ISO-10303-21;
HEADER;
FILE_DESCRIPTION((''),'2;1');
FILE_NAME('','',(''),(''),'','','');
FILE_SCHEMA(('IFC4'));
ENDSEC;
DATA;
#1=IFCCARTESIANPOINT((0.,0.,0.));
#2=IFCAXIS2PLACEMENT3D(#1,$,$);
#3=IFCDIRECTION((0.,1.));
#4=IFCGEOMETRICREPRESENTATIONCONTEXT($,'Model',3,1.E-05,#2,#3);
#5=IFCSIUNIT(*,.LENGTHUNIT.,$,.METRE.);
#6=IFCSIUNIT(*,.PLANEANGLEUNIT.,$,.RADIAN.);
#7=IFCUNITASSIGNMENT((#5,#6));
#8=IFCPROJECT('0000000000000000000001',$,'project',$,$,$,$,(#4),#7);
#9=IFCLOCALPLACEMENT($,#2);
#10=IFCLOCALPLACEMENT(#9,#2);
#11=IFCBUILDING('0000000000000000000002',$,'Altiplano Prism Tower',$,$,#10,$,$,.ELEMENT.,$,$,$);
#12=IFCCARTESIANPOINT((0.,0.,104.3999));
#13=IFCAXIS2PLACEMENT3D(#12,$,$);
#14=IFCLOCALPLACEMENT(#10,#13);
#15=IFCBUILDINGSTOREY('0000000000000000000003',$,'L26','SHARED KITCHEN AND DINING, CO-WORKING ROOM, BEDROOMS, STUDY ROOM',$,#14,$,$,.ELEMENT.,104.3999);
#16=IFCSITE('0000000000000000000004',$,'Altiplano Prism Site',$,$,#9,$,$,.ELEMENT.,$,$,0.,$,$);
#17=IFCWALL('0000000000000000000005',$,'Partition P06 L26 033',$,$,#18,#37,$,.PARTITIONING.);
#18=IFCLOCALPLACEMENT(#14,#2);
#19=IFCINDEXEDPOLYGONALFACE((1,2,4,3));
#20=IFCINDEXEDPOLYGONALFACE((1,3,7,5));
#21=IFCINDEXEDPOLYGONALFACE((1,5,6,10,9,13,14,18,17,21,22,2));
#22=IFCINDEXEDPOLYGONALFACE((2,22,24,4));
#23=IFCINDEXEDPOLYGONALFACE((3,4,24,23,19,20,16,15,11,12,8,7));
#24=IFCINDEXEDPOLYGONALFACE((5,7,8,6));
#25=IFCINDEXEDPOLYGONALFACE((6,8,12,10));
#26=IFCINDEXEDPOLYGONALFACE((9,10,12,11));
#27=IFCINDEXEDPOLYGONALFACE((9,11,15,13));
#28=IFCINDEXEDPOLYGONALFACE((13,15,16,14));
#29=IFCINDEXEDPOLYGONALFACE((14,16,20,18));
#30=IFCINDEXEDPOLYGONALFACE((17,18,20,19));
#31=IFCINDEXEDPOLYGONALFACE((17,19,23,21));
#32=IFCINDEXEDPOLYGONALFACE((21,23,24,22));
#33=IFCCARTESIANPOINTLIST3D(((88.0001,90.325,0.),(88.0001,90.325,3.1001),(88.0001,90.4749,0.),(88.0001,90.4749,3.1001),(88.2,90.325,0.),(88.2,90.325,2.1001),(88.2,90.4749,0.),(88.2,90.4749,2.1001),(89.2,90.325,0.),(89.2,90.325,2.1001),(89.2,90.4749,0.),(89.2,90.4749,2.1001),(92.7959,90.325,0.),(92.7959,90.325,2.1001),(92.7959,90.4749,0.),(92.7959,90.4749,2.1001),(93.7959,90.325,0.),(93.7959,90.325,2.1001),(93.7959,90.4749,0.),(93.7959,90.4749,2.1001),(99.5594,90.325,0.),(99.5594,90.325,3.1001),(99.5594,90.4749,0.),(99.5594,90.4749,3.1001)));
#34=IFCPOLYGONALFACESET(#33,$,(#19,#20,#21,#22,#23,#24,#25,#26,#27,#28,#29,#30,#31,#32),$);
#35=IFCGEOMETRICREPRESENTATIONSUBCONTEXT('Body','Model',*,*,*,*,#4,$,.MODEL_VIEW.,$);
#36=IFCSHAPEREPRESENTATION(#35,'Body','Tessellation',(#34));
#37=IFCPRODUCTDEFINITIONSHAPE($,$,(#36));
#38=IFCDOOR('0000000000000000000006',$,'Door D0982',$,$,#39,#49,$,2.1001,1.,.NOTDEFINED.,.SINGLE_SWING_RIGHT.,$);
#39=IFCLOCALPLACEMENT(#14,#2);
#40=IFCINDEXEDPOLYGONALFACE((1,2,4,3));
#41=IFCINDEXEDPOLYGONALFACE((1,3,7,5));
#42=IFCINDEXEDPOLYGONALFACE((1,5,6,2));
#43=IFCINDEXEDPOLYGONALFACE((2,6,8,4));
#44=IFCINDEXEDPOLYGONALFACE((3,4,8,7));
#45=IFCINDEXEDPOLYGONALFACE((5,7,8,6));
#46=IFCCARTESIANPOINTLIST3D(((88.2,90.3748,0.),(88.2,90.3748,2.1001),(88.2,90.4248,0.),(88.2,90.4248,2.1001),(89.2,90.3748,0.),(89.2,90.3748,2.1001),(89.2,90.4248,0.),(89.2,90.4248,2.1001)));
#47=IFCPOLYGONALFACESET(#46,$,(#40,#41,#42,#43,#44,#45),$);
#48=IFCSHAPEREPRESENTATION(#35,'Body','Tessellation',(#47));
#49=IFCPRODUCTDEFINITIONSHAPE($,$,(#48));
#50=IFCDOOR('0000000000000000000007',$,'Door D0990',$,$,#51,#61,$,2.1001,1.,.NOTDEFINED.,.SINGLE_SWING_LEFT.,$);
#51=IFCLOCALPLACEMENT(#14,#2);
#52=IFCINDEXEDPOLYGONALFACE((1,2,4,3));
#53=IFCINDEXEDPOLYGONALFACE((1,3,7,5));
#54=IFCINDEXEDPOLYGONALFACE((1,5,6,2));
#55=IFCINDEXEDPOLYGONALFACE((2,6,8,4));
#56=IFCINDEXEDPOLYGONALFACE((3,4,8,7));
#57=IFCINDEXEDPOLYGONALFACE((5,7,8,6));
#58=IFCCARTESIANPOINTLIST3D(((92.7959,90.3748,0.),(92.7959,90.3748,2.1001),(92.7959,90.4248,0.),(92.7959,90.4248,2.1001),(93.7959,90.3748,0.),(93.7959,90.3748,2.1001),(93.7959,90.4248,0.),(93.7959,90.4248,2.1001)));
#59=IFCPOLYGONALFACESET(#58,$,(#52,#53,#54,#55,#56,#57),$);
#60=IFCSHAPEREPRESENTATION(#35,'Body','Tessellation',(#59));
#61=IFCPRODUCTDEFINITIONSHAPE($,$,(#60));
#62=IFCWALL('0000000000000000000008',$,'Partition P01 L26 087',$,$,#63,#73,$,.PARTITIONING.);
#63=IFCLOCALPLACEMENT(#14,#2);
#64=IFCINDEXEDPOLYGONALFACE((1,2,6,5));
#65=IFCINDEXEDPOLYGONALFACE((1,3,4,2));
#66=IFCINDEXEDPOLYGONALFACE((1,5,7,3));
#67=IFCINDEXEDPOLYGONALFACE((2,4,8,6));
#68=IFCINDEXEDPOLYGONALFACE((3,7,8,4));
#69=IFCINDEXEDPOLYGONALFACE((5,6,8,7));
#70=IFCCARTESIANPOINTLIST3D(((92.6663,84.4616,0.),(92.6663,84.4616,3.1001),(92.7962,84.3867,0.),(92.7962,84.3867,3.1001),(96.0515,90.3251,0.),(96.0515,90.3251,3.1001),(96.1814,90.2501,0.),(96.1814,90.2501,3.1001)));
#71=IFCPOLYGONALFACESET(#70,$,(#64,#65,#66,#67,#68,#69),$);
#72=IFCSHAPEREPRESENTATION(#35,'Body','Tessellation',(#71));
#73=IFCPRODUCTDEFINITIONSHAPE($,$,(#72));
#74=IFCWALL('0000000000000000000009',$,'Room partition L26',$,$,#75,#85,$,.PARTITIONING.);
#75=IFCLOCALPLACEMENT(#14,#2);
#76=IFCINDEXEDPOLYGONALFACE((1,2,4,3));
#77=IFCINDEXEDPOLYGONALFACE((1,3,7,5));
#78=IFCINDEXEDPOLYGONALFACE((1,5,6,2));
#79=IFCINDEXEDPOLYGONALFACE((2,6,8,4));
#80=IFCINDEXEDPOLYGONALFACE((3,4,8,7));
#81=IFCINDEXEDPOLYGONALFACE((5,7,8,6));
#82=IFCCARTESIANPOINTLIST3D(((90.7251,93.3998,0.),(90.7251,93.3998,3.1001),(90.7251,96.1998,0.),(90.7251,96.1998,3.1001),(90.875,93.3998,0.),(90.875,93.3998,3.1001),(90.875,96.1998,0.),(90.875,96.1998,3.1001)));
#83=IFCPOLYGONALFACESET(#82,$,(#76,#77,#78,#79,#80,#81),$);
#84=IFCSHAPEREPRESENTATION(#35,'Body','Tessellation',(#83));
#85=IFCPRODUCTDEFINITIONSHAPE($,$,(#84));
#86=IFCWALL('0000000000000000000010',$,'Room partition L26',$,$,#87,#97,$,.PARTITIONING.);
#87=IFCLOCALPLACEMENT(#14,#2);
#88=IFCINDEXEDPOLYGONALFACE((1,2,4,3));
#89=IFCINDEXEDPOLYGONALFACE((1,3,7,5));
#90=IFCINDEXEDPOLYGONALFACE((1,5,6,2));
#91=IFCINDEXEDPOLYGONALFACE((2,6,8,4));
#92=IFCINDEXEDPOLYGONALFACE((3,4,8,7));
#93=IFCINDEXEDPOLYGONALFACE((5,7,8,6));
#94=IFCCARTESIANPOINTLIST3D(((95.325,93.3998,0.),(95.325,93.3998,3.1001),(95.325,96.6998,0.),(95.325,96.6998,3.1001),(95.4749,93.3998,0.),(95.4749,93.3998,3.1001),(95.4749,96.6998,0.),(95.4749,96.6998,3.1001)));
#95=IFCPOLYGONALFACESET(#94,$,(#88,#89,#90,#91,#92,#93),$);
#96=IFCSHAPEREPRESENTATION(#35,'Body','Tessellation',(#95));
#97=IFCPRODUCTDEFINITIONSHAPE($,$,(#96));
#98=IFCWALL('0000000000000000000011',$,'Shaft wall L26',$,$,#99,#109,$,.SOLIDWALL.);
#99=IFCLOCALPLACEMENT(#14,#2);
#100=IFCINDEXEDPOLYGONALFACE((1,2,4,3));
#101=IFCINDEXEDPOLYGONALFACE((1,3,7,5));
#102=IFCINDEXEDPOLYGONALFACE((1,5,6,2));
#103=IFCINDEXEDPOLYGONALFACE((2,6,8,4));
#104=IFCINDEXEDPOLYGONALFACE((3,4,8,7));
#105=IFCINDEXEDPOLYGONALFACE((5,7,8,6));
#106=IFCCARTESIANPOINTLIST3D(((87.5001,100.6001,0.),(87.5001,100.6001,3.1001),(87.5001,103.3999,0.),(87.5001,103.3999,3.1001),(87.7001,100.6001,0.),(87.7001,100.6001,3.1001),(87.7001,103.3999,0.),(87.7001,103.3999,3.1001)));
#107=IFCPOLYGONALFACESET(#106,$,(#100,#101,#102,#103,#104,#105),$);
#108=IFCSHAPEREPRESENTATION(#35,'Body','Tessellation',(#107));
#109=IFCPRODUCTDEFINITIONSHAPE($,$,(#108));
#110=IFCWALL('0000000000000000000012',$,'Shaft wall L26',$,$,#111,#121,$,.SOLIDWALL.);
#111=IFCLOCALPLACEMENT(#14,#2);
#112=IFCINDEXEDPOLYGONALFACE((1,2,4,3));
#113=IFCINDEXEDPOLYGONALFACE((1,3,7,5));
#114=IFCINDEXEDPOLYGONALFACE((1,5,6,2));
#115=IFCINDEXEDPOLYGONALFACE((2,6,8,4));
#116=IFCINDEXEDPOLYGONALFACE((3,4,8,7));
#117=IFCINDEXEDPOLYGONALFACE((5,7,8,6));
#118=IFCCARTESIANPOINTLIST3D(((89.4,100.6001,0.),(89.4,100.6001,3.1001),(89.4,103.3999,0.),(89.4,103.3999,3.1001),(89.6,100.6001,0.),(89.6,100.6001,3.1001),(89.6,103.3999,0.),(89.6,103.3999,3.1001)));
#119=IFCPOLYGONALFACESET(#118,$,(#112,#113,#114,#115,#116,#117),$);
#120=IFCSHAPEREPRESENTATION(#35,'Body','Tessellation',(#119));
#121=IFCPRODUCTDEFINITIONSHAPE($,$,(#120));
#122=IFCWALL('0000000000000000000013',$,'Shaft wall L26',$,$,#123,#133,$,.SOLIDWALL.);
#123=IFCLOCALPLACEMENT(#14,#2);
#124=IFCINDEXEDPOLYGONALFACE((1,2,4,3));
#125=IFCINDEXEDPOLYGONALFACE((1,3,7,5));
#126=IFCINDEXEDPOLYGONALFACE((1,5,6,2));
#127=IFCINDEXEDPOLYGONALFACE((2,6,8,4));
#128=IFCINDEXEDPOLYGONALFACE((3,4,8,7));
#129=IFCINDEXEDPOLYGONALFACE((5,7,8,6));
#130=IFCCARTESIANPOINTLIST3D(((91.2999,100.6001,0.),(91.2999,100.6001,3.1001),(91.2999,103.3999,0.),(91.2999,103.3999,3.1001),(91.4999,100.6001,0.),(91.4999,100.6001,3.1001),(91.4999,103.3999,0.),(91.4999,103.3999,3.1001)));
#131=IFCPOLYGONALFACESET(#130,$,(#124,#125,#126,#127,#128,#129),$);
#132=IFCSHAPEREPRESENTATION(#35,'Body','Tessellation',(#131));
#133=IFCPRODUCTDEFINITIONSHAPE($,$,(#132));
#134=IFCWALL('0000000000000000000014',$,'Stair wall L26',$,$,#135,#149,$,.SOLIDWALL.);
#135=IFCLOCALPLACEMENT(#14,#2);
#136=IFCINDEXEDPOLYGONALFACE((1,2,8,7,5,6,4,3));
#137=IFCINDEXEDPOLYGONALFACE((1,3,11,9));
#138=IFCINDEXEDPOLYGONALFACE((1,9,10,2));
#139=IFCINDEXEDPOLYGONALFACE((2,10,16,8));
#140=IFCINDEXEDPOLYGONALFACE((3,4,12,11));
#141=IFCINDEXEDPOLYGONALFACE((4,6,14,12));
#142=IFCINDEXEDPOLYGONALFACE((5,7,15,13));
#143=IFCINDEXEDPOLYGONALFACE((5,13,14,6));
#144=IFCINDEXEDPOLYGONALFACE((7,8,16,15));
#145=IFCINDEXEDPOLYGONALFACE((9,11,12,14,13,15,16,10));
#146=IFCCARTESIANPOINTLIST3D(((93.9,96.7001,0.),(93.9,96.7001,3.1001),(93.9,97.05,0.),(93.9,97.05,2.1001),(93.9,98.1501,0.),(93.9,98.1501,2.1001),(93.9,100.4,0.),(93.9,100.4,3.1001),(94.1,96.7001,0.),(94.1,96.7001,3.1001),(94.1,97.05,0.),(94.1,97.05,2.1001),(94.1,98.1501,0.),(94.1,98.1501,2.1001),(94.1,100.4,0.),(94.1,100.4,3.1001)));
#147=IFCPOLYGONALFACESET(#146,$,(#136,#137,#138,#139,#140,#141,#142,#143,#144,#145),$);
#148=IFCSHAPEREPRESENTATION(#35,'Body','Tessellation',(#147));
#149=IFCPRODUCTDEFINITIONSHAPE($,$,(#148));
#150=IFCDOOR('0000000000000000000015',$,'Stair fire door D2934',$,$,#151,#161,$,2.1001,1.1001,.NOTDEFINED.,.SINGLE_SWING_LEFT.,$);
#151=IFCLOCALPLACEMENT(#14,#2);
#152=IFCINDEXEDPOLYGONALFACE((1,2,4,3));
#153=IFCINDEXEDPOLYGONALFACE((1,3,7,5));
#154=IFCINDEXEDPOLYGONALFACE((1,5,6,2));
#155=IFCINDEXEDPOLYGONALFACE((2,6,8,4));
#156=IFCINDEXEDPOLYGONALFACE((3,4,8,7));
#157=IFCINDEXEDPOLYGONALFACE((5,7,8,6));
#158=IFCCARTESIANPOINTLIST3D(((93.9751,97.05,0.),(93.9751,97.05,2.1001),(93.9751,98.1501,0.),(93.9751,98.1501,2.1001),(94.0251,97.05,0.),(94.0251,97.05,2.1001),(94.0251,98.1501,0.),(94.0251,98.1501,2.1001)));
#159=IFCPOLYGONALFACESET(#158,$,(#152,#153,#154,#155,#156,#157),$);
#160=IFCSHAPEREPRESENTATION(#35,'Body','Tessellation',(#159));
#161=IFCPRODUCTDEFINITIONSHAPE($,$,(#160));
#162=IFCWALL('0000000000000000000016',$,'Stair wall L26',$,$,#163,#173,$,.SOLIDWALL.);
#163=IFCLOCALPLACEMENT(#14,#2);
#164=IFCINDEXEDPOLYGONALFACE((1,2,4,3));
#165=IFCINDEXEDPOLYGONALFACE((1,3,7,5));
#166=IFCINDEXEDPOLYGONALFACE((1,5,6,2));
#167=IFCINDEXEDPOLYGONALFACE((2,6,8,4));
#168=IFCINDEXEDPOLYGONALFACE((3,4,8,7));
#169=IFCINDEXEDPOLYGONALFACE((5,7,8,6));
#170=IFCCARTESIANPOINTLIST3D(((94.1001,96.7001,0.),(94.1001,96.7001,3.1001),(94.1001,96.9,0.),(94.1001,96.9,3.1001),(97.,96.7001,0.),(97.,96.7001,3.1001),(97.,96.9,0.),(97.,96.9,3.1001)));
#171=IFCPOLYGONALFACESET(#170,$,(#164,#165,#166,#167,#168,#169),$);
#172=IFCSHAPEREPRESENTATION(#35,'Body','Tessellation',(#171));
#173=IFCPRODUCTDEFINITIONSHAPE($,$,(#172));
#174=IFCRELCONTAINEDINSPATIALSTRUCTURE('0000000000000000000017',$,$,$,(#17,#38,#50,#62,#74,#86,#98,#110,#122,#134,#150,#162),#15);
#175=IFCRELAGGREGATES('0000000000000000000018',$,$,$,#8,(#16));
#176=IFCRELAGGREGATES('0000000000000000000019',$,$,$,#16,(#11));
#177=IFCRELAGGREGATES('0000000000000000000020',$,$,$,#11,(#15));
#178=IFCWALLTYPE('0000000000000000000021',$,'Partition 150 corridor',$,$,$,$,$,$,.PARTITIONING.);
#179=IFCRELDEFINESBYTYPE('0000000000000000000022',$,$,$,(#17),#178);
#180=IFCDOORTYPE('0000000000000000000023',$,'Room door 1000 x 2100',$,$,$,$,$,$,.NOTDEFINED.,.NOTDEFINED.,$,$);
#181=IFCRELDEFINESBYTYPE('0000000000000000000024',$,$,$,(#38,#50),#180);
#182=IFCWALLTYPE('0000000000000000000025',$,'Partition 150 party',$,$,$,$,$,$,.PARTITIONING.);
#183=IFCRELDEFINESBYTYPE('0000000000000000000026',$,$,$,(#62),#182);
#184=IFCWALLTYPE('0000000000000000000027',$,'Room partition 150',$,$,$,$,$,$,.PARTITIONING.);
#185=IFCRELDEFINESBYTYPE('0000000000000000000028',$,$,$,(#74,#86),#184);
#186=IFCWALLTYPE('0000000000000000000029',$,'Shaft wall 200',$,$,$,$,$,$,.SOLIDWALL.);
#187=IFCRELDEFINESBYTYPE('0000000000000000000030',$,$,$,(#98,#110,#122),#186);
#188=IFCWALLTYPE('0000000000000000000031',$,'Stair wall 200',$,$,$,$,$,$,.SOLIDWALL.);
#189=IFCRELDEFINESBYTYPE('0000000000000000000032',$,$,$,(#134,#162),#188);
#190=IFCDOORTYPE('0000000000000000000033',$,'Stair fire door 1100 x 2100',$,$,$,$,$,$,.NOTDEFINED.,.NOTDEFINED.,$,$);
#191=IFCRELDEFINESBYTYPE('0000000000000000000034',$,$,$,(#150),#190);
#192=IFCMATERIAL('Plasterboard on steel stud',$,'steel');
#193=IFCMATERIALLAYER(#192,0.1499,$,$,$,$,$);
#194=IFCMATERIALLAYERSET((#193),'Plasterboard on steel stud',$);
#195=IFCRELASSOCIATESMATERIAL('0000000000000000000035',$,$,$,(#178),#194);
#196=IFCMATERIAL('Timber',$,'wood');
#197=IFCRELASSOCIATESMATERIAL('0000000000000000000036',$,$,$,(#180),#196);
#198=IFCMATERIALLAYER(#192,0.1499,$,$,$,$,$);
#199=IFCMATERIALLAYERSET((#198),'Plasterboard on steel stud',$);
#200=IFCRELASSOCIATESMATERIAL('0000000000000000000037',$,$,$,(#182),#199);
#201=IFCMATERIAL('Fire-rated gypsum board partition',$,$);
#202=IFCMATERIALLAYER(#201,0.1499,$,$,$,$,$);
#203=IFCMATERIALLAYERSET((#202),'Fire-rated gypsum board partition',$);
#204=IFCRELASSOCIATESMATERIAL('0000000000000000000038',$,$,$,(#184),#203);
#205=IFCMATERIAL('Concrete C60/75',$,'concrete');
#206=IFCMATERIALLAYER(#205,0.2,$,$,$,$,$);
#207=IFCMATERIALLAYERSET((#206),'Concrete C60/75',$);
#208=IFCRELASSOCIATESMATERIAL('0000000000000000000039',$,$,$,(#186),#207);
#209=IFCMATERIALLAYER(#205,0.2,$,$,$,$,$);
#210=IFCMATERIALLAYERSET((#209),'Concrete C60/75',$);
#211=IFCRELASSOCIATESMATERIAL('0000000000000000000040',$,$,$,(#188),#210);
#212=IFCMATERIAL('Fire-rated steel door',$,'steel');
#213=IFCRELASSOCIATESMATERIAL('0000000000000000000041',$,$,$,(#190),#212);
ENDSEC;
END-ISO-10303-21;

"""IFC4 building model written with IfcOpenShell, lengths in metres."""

from ifc_helpers import new_model, si_unit, direction, frame, frame_2d, origin, place, context, subcontext, project, spatial, rectangle, extrude, material, layer, layer_set, type_object, element, fill, save


model = new_model("IFC4")

# Units and contexts
model_context = context("Model", 3, precision=1e-05, world=origin(), true_north=direction((0.0, 1.0)))
body_context = subcontext(model_context, "Body", "Model", "MODEL_VIEW")
ifc_project = project(units=[si_unit("LENGTHUNIT", "METRE"), si_unit("PLANEANGLEUNIT", "RADIAN")], contexts=[model_context])

# Site, building, storey
site_placement = place(None, origin())
site = spatial("IfcSite", under=ifc_project, at=site_placement, Name="Altiplano Prism Site", CompositionType="ELEMENT", RefElevation=0.0)
building_placement = place(site_placement, origin())
building = spatial("IfcBuilding", under=site, at=building_placement, Name="Altiplano Prism Tower", CompositionType="ELEMENT")
storey_placement = place(building_placement, frame((0.0, 0.0, 104.3999)))
storey = spatial("IfcBuildingStorey", under=building, at=storey_placement, Name="L26", Description="SHARED KITCHEN AND DINING, CO-WORKING ROOM, BEDROOMS, STUDY ROOM", CompositionType="ELEMENT", Elevation=104.3999)

# Wall, openings, doors
ifc_material_1 = material(Name="Plasterboard on steel stud", Category="steel")
ifc_layer_1 = layer(ifc_material_1, 0.1499)
ifc_layer_set_1 = layer_set([ifc_layer_1], Name="Plasterboard on steel stud")
wall_type_1 = type_object("IfcWallType", Name="Partition 150 corridor", PredefinedType="PARTITIONING", material=ifc_layer_set_1)
wall_1_placement = place(storey_placement, frame((88.0, 90.3999, 0.0), z_axis=(0.0, 0.0, 1.0), x_axis=(1.0, 0.0, 0.0)))
wall_1 = element("IfcWall", 1, at=wall_1_placement, inside=storey, type_object=wall_type_1, Name="Partition P06 L26 033", PredefinedType="PARTITIONING", context=body_context, shape_type="SweptSolid", body=[
    extrude(rectangle(XDim=11.5593, YDim=0.1499, at=frame_2d((5.7798, 0.0))), origin(), (0.0, 0.0, 1.0), 3.1001),
])
opening_1_placement = place(wall_1_placement, frame((0.2, 0.0, 0.0)))
opening_1 = element("IfcOpeningElement", 2, at=opening_1_placement, cuts=wall_1, PredefinedType="OPENING", context=body_context, shape_type="SweptSolid", body=[
    extrude(rectangle(XDim=1.0, YDim=2.1001, at=frame_2d((0.5, 1.05))), frame((0.0, 0.0854, 0.0), z_axis=(0.0, -1.0, 0.0), x_axis=(1.0, 0.0, 0.0)), (0.0, 0.0, 1.0), 0.1709),
])
opening_2_placement = place(wall_1_placement, frame((4.7959, 0.0, 0.0)))
opening_2 = element("IfcOpeningElement", 3, at=opening_2_placement, cuts=wall_1, PredefinedType="OPENING", context=body_context, shape_type="SweptSolid", body=[
    extrude(rectangle(XDim=1.0, YDim=2.1001, at=frame_2d((0.5, 1.05))), frame((0.0, 0.0854, 0.0), z_axis=(0.0, -1.0, 0.0), x_axis=(1.0, 0.0, 0.0)), (0.0, 0.0, 1.0), 0.1709),
])
ifc_material_2 = material(Name="Timber", Category="wood")
door_type_1 = type_object("IfcDoorType", Name="Room door 1000 x 2100", OperationType="NOTDEFINED", PredefinedType="NOTDEFINED", material=ifc_material_2)
door_1_placement = place(opening_1_placement, origin())
door_1 = element("IfcDoor", 4, at=door_1_placement, inside=storey, type_object=door_type_1, Name="Door D0982", OperationType="SINGLE_SWING_RIGHT", OverallHeight=2.1001, OverallWidth=1.0, PredefinedType="NOTDEFINED", context=body_context, shape_type="SweptSolid", body=[
    extrude(rectangle(XDim=1.0, YDim=2.1001, at=frame_2d((0.5, 1.05))), frame((0.0, 0.0249, 0.0), z_axis=(0.0, -1.0, 0.0), x_axis=(1.0, 0.0, 0.0)), (0.0, 0.0, 1.0), 0.05),
])
fill(opening_1, door_1)
door_2_placement = place(opening_2_placement, origin())
door_2 = element("IfcDoor", 5, at=door_2_placement, inside=storey, type_object=door_type_1, Name="Door D0990", OperationType="SINGLE_SWING_LEFT", OverallHeight=2.1001, OverallWidth=1.0, PredefinedType="NOTDEFINED", context=body_context, shape_type="SweptSolid", body=[
    extrude(rectangle(XDim=1.0, YDim=2.1001, at=frame_2d((0.5, 1.05))), frame((0.0, 0.0249, 0.0), z_axis=(0.0, -1.0, 0.0), x_axis=(1.0, 0.0, 0.0)), (0.0, 0.0, 1.0), 0.05),
])
fill(opening_2, door_2)

# Walls
ifc_layer_2 = layer(ifc_material_1, 0.1499)
ifc_layer_set_2 = layer_set([ifc_layer_2], Name="Plasterboard on steel stud")
wall_type_2 = type_object("IfcWallType", Name="Partition 150 party", PredefinedType="PARTITIONING", material=ifc_layer_set_2)
wall_2_placement = place(storey_placement, frame((96.1165, 90.2876, 0.0), z_axis=(0.0, 0.0, 1.0), x_axis=(-0.499994, -0.866029, 0.0)))
element("IfcWall", 6, at=wall_2_placement, inside=storey, type_object=wall_type_2, Name="Partition P01 L26 087", PredefinedType="PARTITIONING", context=body_context, shape_type="SweptSolid", body=[
    extrude(rectangle(XDim=6.7705, YDim=0.1499, at=frame_2d((3.3853, 0.0))), origin(), (0.0, 0.0, 1.0), 3.1001),
])
ifc_material_3 = material(Name="Fire-rated gypsum board partition")
ifc_layer_3 = layer(ifc_material_3, 0.1499)
ifc_layer_set_3 = layer_set([ifc_layer_3], Name="Fire-rated gypsum board partition")
wall_type_3 = type_object("IfcWallType", Name="Room partition 150", PredefinedType="PARTITIONING", material=ifc_layer_set_3)
wall_3_placement = place(storey_placement, frame((90.8, 93.3999, 0.0), z_axis=(0.0, 0.0, 1.0), x_axis=(0.0, 1.0, 0.0)))
element("IfcWall", 7, at=wall_3_placement, inside=storey, type_object=wall_type_3, Name="Room partition L26", PredefinedType="PARTITIONING", context=body_context, shape_type="SweptSolid", body=[
    extrude(rectangle(XDim=2.8, YDim=0.1499, at=frame_2d((1.3999, 0.0))), origin(), (0.0, 0.0, 1.0), 3.1001),
])
wall_4_placement = place(storey_placement, frame((95.3999, 93.3999, 0.0), z_axis=(0.0, 0.0, 1.0), x_axis=(0.0, 1.0, 0.0)))
element("IfcWall", 8, at=wall_4_placement, inside=storey, type_object=wall_type_3, Name="Room partition L26", PredefinedType="PARTITIONING", context=body_context, shape_type="SweptSolid", body=[
    extrude(rectangle(XDim=3.3, YDim=0.1499, at=frame_2d((1.6499, 0.0))), origin(), (0.0, 0.0, 1.0), 3.1001),
])
ifc_material_4 = material(Name="Concrete C60/75", Category="concrete")
ifc_layer_4 = layer(ifc_material_4, 0.2)
ifc_layer_set_4 = layer_set([ifc_layer_4], Name="Concrete C60/75")
wall_type_4 = type_object("IfcWallType", Name="Shaft wall 200", PredefinedType="SOLIDWALL", material=ifc_layer_set_4)
for number, where, z_axis, x_axis, name in (
    (9, (87.6001, 100.6001, 0.0), (0.0, 0.0, 1.0), (0.0, 1.0, 0.0), "Shaft wall L26"),
    (10, (89.5, 100.6001, 0.0), (0.0, 0.0, 1.0), (0.0, 1.0, 0.0), "Shaft wall L26"),
    (11, (91.3999, 100.6001, 0.0), (0.0, 0.0, 1.0), (0.0, 1.0, 0.0), "Shaft wall L26"),
):
    element("IfcWall", number, at=place(storey_placement, frame(where, z_axis=z_axis, x_axis=x_axis)), inside=storey, type_object=wall_type_4, Name=name, PredefinedType="SOLIDWALL", context=body_context, shape_type="SweptSolid", body=[
        extrude(rectangle(XDim=2.7998, YDim=0.2, at=frame_2d((1.3999, 0.0))), origin(), (0.0, 0.0, 1.0), 3.1001),
    ])

# Wall, opening, door
ifc_layer_5 = layer(ifc_material_4, 0.2)
ifc_layer_set_5 = layer_set([ifc_layer_5], Name="Concrete C60/75")
wall_type_5 = type_object("IfcWallType", Name="Stair wall 200", PredefinedType="SOLIDWALL", material=ifc_layer_set_5)
wall_5_placement = place(storey_placement, frame((94.0, 96.7, 0.0), z_axis=(0.0, 0.0, 1.0), x_axis=(0.0, 1.0, 0.0)))
wall_5 = element("IfcWall", 12, at=wall_5_placement, inside=storey, type_object=wall_type_5, Name="Stair wall L26", PredefinedType="SOLIDWALL", context=body_context, shape_type="SweptSolid", body=[
    extrude(rectangle(XDim=3.7, YDim=0.2, at=frame_2d((1.8501, 0.0))), origin(), (0.0, 0.0, 1.0), 3.1001),
])
opening_3_placement = place(wall_5_placement, frame((0.3501, 0.0, 0.0)))
opening_3 = element("IfcOpeningElement", 13, at=opening_3_placement, cuts=wall_5, PredefinedType="OPENING", context=body_context, shape_type="SweptSolid", body=[
    extrude(rectangle(XDim=1.1001, YDim=2.1001, at=frame_2d((0.55, 1.05))), frame((0.0, 0.1104, 0.0), z_axis=(0.0, -1.0, 0.0), x_axis=(1.0, 0.0, 0.0)), (0.0, 0.0, 1.0), 0.2209),
])
ifc_material_5 = material(Name="Fire-rated steel door", Category="steel")
door_type_2 = type_object("IfcDoorType", Name="Stair fire door 1100 x 2100", OperationType="NOTDEFINED", PredefinedType="NOTDEFINED", material=ifc_material_5)
door_3_placement = place(opening_3_placement, origin())
door_3 = element("IfcDoor", 14, at=door_3_placement, inside=storey, type_object=door_type_2, Name="Stair fire door D2934", OperationType="SINGLE_SWING_LEFT", OverallHeight=2.1001, OverallWidth=1.1001, PredefinedType="NOTDEFINED", context=body_context, shape_type="SweptSolid", body=[
    extrude(rectangle(XDim=1.1001, YDim=2.1001, at=frame_2d((0.55, 1.05))), frame((0.0, 0.0249, 0.0), z_axis=(0.0, -1.0, 0.0), x_axis=(1.0, 0.0, 0.0)), (0.0, 0.0, 1.0), 0.05),
])
fill(opening_3, door_3)

# Wall
wall_6_placement = place(storey_placement, frame((94.1001, 96.8, 0.0), z_axis=(0.0, 0.0, 1.0), x_axis=(1.0, 0.0, 0.0)))
element("IfcWall", 15, at=wall_6_placement, inside=storey, type_object=wall_type_5, Name="Stair wall L26", PredefinedType="SOLIDWALL", context=body_context, shape_type="SweptSolid", body=[
    extrude(rectangle(XDim=2.8999, YDim=0.2, at=frame_2d((1.45, 0.0))), origin(), (0.0, 0.0, 1.0), 3.1001),
])

save(model, "model.ifc")
